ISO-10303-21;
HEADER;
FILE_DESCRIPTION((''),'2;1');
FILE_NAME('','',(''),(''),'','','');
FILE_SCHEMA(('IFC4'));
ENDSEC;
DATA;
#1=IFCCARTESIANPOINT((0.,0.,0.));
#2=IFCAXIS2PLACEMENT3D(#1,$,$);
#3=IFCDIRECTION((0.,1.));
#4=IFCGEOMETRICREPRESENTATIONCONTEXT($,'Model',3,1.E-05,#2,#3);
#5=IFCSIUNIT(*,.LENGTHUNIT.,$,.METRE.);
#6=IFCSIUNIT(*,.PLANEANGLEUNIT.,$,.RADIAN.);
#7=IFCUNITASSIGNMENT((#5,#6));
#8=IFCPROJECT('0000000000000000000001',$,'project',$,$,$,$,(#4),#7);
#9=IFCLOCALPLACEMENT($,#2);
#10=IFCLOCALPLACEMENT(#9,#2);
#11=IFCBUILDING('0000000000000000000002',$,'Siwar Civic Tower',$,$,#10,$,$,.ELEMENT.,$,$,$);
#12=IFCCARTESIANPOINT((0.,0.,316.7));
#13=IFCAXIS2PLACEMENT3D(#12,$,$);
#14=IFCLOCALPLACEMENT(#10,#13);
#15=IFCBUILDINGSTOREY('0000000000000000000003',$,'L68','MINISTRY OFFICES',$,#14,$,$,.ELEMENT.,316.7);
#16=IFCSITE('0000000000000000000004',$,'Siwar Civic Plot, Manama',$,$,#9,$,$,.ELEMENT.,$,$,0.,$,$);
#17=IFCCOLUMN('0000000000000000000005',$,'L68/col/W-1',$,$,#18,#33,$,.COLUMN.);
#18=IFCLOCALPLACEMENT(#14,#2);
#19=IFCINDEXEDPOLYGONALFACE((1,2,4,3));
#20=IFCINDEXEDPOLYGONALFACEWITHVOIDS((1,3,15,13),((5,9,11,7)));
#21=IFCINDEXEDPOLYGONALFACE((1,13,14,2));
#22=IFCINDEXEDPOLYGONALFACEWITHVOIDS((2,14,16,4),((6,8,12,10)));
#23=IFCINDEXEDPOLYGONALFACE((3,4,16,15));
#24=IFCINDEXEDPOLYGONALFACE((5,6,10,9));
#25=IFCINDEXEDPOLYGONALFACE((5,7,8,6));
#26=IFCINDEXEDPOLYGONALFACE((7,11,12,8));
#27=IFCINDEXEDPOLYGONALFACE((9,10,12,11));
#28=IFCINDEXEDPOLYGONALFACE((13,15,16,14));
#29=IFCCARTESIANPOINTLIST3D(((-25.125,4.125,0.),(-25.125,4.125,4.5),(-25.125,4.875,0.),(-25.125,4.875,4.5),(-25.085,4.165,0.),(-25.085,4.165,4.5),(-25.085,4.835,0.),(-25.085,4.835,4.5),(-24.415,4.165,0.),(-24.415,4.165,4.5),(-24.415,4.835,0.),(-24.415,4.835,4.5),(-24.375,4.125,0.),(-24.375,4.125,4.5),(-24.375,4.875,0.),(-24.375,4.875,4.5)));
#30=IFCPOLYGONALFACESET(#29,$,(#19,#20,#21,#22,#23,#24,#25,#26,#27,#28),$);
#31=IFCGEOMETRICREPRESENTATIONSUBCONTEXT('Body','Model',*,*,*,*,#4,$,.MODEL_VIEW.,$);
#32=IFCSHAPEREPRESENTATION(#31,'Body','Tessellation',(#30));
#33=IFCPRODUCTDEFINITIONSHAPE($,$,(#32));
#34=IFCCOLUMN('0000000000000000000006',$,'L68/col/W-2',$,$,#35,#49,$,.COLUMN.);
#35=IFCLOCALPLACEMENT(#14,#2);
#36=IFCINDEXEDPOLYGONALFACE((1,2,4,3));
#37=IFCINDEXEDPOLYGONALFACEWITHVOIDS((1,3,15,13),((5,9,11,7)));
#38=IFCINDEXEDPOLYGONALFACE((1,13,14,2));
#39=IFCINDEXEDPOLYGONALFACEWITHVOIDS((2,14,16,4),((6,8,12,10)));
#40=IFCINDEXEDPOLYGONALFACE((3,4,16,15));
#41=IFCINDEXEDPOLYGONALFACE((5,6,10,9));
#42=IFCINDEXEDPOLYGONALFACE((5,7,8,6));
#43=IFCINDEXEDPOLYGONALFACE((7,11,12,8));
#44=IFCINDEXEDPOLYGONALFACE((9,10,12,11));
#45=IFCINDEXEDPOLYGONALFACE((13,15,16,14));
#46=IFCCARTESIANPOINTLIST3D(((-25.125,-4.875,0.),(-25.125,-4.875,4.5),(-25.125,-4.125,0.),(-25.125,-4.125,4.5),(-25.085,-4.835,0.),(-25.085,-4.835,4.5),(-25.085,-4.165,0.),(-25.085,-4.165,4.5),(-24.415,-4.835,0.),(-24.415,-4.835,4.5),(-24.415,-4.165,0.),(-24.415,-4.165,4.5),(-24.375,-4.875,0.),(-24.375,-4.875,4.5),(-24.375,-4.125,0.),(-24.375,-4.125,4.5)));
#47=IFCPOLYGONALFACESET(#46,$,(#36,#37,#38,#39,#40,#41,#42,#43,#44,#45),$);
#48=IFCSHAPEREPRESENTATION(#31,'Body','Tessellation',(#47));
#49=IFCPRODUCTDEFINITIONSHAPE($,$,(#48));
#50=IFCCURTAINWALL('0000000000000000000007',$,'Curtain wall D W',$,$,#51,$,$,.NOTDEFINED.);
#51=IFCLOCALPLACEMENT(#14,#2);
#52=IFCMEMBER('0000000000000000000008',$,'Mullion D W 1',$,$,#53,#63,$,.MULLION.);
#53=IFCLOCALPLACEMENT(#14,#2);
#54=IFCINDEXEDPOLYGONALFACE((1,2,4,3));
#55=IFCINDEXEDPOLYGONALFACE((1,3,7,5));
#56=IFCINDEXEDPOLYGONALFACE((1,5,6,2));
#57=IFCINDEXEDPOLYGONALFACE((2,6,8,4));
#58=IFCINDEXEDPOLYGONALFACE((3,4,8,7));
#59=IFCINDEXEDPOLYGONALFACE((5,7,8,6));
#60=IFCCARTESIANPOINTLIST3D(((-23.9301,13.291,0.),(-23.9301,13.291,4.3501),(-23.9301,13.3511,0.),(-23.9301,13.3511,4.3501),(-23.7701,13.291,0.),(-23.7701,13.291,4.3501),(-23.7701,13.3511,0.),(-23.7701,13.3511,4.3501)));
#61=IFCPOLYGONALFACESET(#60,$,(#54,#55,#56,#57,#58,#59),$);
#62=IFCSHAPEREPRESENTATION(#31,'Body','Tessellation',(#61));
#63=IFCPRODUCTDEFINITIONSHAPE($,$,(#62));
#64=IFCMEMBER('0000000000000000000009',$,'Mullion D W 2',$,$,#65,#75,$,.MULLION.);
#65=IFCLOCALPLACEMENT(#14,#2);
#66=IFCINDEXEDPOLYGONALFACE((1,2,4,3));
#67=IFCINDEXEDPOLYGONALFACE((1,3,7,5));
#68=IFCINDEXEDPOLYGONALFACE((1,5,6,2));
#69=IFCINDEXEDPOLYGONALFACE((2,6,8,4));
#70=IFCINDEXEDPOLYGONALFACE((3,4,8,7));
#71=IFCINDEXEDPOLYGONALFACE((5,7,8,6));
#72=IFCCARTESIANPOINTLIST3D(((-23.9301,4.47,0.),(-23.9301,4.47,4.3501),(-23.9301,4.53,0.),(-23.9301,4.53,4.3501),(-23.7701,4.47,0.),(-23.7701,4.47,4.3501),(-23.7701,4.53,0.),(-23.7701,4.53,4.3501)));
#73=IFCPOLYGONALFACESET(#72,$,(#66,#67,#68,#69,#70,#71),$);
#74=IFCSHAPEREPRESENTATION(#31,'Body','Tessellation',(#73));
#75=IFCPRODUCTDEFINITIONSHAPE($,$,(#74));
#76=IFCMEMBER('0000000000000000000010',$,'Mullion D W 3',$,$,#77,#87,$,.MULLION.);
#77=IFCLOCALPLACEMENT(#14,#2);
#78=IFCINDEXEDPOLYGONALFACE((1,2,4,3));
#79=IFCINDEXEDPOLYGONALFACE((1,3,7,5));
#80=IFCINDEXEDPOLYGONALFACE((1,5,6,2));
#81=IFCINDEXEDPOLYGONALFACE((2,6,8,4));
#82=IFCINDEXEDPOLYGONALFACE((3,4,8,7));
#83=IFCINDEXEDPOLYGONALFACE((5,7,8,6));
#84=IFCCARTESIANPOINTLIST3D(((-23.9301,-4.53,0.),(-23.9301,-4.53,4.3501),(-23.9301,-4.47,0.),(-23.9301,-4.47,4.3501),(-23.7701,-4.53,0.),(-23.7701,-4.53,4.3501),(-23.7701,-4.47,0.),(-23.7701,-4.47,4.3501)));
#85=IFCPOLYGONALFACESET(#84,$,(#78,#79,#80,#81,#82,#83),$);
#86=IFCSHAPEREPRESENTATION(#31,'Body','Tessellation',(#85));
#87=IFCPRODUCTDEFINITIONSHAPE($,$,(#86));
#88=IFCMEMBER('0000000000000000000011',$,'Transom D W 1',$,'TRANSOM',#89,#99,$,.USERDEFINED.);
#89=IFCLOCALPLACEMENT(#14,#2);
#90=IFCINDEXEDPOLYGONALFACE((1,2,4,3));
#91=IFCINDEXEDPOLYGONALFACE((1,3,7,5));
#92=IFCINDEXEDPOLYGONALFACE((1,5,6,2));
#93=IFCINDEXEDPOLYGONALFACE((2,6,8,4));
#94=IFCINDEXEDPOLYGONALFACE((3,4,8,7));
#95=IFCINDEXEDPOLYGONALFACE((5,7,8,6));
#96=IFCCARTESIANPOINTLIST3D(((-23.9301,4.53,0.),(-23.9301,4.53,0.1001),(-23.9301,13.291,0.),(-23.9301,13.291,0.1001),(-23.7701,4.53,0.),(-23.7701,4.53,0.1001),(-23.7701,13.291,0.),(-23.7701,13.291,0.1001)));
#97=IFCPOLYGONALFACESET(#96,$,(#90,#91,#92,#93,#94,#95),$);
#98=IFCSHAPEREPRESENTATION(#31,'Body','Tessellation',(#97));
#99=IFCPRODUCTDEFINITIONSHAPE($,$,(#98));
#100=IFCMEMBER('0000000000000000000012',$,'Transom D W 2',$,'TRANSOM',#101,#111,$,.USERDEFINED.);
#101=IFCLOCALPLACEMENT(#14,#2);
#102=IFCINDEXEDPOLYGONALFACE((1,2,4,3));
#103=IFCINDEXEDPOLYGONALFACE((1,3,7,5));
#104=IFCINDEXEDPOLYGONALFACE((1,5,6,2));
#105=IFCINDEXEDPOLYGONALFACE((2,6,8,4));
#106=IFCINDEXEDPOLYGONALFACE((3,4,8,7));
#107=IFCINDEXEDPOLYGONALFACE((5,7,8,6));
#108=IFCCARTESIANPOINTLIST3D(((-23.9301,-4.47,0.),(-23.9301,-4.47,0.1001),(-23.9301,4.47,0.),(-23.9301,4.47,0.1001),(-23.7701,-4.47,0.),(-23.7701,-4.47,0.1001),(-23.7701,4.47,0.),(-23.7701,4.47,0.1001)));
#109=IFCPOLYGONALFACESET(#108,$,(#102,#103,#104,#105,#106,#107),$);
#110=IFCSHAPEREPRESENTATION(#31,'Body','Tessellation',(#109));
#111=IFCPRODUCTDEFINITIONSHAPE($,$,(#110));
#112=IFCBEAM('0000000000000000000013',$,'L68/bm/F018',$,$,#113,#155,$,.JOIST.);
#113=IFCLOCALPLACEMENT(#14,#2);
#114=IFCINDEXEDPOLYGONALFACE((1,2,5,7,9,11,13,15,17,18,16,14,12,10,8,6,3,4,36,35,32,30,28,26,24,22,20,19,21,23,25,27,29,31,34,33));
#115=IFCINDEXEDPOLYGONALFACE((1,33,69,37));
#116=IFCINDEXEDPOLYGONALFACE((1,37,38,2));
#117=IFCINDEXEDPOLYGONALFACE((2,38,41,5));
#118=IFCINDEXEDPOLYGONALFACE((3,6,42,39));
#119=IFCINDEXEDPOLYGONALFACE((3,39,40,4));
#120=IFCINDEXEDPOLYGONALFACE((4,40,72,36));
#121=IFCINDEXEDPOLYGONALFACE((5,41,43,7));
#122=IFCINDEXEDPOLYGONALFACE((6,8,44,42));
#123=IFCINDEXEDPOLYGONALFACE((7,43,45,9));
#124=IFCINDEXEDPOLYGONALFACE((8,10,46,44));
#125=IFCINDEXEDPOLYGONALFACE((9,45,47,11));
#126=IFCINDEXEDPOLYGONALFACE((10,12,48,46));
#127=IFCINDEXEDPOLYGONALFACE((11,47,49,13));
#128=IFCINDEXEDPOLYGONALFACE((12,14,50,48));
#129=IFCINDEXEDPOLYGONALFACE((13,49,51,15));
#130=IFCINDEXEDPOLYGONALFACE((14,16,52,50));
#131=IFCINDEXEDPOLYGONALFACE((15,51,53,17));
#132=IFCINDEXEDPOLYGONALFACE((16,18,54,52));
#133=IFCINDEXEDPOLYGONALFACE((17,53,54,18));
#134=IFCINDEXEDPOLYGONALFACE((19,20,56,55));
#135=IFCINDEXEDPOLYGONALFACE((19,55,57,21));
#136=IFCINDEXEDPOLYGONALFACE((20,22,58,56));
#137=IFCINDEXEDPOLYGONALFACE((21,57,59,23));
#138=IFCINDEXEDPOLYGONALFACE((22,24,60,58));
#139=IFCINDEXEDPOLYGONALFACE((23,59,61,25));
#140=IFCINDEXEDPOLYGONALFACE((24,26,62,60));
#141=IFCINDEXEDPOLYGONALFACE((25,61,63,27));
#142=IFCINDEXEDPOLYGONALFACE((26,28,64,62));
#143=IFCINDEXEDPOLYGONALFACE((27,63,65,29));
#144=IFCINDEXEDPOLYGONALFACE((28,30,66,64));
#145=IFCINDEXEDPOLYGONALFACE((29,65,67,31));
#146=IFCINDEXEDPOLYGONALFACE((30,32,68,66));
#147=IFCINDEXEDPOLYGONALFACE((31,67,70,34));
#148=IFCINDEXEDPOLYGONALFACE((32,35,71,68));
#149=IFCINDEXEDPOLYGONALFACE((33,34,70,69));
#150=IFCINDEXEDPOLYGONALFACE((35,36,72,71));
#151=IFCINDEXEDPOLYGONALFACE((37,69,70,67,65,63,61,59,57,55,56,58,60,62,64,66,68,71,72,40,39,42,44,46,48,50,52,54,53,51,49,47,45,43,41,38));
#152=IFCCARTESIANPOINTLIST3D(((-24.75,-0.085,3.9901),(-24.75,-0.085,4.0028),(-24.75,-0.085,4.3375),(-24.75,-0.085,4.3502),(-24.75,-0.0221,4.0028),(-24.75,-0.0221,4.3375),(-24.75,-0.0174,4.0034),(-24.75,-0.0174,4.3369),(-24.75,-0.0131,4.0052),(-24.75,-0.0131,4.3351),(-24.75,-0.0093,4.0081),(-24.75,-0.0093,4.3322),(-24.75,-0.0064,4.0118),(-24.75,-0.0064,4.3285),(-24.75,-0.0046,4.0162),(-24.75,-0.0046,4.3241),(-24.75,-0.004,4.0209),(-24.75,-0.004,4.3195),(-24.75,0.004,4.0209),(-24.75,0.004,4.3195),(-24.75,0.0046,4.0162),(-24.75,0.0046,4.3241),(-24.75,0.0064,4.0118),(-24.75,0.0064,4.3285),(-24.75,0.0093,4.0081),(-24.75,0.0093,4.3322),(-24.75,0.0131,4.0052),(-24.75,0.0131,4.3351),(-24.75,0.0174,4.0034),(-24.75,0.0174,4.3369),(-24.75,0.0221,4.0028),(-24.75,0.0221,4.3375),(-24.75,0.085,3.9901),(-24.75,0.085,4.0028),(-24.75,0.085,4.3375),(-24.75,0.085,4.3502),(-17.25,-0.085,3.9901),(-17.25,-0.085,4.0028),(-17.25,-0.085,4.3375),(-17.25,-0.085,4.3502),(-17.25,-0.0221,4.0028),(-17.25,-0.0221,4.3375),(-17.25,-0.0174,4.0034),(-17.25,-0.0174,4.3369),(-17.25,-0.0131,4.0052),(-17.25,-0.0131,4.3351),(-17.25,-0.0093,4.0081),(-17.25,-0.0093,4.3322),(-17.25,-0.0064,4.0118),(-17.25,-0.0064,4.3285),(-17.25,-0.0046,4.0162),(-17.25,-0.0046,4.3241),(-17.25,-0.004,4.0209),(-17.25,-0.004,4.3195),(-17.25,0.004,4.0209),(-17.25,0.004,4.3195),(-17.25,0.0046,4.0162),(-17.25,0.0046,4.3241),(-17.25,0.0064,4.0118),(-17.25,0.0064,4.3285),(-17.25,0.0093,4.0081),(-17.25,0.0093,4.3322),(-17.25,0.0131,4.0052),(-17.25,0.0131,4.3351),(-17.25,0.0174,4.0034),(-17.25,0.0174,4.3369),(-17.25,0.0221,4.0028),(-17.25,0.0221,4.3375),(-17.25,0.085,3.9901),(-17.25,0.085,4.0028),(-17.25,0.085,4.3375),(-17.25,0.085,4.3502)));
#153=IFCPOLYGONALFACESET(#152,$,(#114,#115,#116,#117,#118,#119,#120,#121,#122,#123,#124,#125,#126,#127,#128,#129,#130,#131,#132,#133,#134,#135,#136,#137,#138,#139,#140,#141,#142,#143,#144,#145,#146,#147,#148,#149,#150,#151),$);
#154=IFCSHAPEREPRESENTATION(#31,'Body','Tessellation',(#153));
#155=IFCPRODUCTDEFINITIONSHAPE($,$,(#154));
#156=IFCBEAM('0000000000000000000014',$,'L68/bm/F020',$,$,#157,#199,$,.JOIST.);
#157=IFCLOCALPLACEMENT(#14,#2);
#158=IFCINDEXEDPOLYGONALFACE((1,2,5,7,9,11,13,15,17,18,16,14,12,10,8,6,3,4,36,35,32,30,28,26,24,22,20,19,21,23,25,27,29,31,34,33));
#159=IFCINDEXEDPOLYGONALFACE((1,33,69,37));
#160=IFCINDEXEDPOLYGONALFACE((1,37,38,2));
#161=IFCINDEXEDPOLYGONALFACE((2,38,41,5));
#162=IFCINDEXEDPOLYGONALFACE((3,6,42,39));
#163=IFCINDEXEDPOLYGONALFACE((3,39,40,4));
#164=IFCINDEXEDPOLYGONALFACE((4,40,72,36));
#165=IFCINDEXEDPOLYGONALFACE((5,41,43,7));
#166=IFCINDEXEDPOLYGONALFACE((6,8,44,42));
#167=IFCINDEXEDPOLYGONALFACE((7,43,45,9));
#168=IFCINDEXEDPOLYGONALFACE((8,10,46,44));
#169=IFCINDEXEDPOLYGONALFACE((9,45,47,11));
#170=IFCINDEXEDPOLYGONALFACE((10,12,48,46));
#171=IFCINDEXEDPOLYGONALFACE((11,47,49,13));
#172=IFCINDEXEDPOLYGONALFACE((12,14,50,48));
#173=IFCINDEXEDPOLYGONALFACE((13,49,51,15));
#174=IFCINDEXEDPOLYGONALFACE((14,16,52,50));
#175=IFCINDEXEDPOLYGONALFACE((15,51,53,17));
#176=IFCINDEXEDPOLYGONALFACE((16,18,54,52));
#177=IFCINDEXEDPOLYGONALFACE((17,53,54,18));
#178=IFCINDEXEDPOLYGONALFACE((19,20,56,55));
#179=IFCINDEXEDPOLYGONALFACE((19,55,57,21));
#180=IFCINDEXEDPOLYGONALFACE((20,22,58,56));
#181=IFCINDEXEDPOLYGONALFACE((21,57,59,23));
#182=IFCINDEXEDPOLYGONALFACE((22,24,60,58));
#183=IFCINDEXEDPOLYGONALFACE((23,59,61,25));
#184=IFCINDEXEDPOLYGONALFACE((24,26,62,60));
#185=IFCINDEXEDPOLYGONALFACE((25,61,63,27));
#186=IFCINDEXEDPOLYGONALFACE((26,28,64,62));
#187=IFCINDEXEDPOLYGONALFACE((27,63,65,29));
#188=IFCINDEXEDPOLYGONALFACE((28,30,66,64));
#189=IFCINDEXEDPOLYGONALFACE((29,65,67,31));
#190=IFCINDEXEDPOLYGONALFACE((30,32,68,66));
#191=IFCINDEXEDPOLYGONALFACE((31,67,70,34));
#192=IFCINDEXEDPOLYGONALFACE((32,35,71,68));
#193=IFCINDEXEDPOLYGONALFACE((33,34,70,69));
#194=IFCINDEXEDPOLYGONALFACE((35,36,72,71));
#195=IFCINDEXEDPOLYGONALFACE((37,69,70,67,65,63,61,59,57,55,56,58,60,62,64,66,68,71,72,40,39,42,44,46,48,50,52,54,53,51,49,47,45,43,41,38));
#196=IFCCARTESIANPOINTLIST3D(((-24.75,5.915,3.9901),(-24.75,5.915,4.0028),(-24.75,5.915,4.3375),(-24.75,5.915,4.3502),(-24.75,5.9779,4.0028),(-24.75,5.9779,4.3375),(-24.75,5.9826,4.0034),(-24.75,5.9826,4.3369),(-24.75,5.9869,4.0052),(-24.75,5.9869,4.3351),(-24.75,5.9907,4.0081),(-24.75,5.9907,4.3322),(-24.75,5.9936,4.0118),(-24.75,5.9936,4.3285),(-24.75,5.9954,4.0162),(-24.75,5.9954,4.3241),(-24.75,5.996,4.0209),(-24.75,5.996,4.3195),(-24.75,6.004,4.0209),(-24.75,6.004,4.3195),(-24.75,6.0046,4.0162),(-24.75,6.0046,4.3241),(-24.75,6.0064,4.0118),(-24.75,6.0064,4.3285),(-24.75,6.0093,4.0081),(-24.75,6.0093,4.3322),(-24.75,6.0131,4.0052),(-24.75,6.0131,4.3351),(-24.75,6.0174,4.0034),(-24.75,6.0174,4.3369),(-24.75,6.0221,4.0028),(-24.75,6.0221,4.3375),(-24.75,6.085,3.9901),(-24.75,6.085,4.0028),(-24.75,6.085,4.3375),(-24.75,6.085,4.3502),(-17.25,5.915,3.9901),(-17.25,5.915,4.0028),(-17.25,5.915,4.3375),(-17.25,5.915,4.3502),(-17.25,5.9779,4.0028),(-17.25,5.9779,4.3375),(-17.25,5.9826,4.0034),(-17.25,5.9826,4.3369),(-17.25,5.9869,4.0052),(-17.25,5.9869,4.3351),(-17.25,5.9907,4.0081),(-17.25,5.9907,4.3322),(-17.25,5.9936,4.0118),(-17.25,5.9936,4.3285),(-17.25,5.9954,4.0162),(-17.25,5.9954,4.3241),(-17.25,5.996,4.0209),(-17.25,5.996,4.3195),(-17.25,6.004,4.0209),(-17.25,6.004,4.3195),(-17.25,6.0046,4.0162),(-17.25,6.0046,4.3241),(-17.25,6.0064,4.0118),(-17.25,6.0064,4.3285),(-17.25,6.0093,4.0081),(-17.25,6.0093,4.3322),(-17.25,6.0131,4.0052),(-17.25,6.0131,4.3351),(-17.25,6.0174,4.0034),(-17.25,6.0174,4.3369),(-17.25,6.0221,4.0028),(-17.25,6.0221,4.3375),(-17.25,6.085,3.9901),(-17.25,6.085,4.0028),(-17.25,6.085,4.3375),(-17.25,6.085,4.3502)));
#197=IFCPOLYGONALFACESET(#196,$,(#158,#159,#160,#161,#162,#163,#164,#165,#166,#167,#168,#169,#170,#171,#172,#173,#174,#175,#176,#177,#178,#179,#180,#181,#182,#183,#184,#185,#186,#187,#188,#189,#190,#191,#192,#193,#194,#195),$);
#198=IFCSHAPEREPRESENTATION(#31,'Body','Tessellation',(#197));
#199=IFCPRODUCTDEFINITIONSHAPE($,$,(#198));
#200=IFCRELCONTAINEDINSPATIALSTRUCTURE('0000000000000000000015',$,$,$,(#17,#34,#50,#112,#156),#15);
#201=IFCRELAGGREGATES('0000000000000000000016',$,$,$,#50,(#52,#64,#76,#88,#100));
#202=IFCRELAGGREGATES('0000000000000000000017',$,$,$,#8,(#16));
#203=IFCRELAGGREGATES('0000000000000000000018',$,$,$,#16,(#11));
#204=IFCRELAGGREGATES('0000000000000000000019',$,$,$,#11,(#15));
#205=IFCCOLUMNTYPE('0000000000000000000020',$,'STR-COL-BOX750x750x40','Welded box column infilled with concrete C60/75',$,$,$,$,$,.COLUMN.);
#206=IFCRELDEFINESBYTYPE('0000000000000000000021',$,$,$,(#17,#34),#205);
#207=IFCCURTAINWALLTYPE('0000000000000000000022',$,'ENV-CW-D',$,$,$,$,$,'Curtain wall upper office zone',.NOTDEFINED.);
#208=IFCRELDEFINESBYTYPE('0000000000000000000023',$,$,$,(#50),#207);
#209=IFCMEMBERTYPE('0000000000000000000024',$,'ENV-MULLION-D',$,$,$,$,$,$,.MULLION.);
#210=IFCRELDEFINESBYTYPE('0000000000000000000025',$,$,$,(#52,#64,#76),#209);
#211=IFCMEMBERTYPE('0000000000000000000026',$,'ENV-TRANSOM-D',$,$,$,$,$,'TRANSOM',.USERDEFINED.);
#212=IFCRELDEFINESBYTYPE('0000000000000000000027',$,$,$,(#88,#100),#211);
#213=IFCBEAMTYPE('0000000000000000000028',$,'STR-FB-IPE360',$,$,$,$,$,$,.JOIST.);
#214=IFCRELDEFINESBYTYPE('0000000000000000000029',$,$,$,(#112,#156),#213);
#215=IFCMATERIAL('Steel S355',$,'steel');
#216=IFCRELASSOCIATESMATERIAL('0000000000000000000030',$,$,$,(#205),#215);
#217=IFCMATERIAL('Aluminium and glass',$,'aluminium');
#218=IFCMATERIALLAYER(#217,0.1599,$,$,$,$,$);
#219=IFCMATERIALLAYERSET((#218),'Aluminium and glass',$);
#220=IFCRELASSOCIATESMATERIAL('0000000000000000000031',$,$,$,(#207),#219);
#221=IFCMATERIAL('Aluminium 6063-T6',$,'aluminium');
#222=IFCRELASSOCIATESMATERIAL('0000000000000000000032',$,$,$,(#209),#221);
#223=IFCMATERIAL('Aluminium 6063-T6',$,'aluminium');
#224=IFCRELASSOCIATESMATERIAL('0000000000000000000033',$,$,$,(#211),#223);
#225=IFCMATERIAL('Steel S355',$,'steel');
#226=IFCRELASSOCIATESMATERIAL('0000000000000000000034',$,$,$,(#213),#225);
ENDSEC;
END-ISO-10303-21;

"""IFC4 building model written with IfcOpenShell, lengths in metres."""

from ifc_helpers import new_model, si_unit, direction, frame, origin, origin_2d, place, context, subcontext, project, spatial, rectangle, hollow_rectangle, i_section, extrude, material, layer, layer_set, material_profile, profile_set, type_object, element, aggregate, save


model = new_model("IFC4")

# Units and contexts
model_context = context("Model", 3, precision=1e-05, world=origin(), true_north=direction((0.0, 1.0)))
body_context = subcontext(model_context, "Body", "Model", "MODEL_VIEW")
ifc_project = project(units=[si_unit("LENGTHUNIT", "METRE"), si_unit("PLANEANGLEUNIT", "RADIAN")], contexts=[model_context])

# Site, building, storey
site_placement = place(None, origin())
site = spatial("IfcSite", under=ifc_project, at=site_placement, Name="Siwar Civic Plot, Manama", CompositionType="ELEMENT", RefElevation=0.0)
building_placement = place(site_placement, origin())
building = spatial("IfcBuilding", under=site, at=building_placement, Name="Siwar Civic Tower", CompositionType="ELEMENT")
storey_placement = place(building_placement, frame((0.0, 0.0, 316.7)))
storey = spatial("IfcBuildingStorey", under=building, at=storey_placement, Name="L68", Description="MINISTRY OFFICES", CompositionType="ELEMENT", Elevation=316.7)

# Columns
ifc_material_1 = material(Name="Steel S355", Category="steel")
ifc_material_profile_1 = material_profile(ifc_material_1, hollow_rectangle(XDim=0.75, YDim=0.75, WallThickness=0.04, at=origin_2d()), Name="BOX750x750x40")
ifc_profile_set_1 = profile_set([ifc_material_profile_1], Name="Steel S355")
column_type = type_object("IfcColumnType", Name="STR-COL-BOX750x750x40", Description="Welded box column infilled with concrete C60/75", PredefinedType="COLUMN", material=ifc_profile_set_1)
for number, where, z_axis, x_axis, name in (
    (1, (-24.75, 4.5, 0.0), (0.0, 0.0, 1.0), (1.0, 0.0, 0.0), "L68/col/W-1"),
    (2, (-24.75, -4.5, 0.0), (0.0, 0.0, 1.0), (1.0, 0.0, 0.0), "L68/col/W-2"),
):
    element("IfcColumn", number, at=place(storey_placement, frame(where, z_axis=z_axis, x_axis=x_axis)), inside=storey, type_object=column_type, Name=name, PredefinedType="COLUMN", context=body_context, shape_type="SweptSolid", body=[
        extrude(hollow_rectangle(XDim=0.75, YDim=0.75, WallThickness=0.04, at=origin_2d()), origin(), (0.0, 0.0, 1.0), 4.5),
    ])

# Curtain wall, members
ifc_material_2 = material(Name="Aluminium and glass", Category="aluminium")
ifc_layer_1 = layer(ifc_material_2, 0.1599)
ifc_layer_set_1 = layer_set([ifc_layer_1], Name="Aluminium and glass")
curtain_wall_type = type_object("IfcCurtainWallType", Name="ENV-CW-D", ElementType="Curtain wall upper office zone", PredefinedType="NOTDEFINED", material=ifc_layer_set_1)
curtain_wall_placement = place(storey_placement, origin())
curtain_wall = element("IfcCurtainWall", 3, at=curtain_wall_placement, inside=storey, type_object=curtain_wall_type, Name="Curtain wall D W", PredefinedType="NOTDEFINED")
ifc_material_3 = material(Name="Aluminium 6063-T6", Category="aluminium")
ifc_material_profile_2 = material_profile(ifc_material_3, rectangle(XDim=0.1599, YDim=0.0601, at=origin_2d()), Name="AL 160x60")
ifc_profile_set_2 = profile_set([ifc_material_profile_2], Name="Aluminium 6063-T6")
member_type_1 = type_object("IfcMemberType", Name="ENV-MULLION-D", PredefinedType="MULLION", material=ifc_profile_set_2)
member_1_placement = place(storey_placement, frame((-23.8501, 13.321, 0.0), z_axis=(0.0, 0.0, 1.0), x_axis=(1.0, 0.0, 0.0)))
member_1 = element("IfcMember", 4, at=member_1_placement, type_object=member_type_1, Name="Mullion D W 1", PredefinedType="MULLION", context=body_context, shape_type="SweptSolid", body=[
    extrude(rectangle(XDim=0.1599, YDim=0.0601, at=origin_2d()), origin(), (0.0, 0.0, 1.0), 4.3501),
])
member_2_placement = place(storey_placement, frame((-23.8501, 4.5, 0.0), z_axis=(0.0, 0.0, 1.0), x_axis=(1.0, 0.0, 0.0)))
member_2 = element("IfcMember", 5, at=member_2_placement, type_object=member_type_1, Name="Mullion D W 2", PredefinedType="MULLION", context=body_context, shape_type="SweptSolid", body=[
    extrude(rectangle(XDim=0.1599, YDim=0.0601, at=origin_2d()), origin(), (0.0, 0.0, 1.0), 4.3501),
])
member_3_placement = place(storey_placement, frame((-23.8501, -4.5, 0.0), z_axis=(0.0, 0.0, 1.0), x_axis=(1.0, 0.0, 0.0)))
member_3 = element("IfcMember", 6, at=member_3_placement, type_object=member_type_1, Name="Mullion D W 3", PredefinedType="MULLION", context=body_context, shape_type="SweptSolid", body=[
    extrude(rectangle(XDim=0.1599, YDim=0.0601, at=origin_2d()), origin(), (0.0, 0.0, 1.0), 4.3501),
])
ifc_material_4 = material(Name="Aluminium 6063-T6", Category="aluminium")
ifc_material_profile_3 = material_profile(ifc_material_4, rectangle(XDim=0.1599, YDim=0.1001, at=origin_2d()), Name="AL 160x100")
ifc_profile_set_3 = profile_set([ifc_material_profile_3], Name="Aluminium 6063-T6")
member_type_2 = type_object("IfcMemberType", Name="ENV-TRANSOM-D", ElementType="TRANSOM", PredefinedType="USERDEFINED", material=ifc_profile_set_3)
member_4_placement = place(storey_placement, frame((-23.8501, 13.291, 0.05), z_axis=(0.0, -1.0, 0.0), x_axis=(1.0, 0.0, 0.0)))
member_4 = element("IfcMember", 7, at=member_4_placement, type_object=member_type_2, Name="Transom D W 1", ObjectType="TRANSOM", PredefinedType="USERDEFINED", context=body_context, shape_type="SweptSolid", body=[
    extrude(rectangle(XDim=0.1599, YDim=0.1001, at=origin_2d()), origin(), (0.0, 0.0, 1.0), 8.761),
])
member_5_placement = place(storey_placement, frame((-23.8501, 4.47, 0.05), z_axis=(0.0, -1.0, 0.0), x_axis=(1.0, 0.0, 0.0)))
member_5 = element("IfcMember", 8, at=member_5_placement, type_object=member_type_2, Name="Transom D W 2", ObjectType="TRANSOM", PredefinedType="USERDEFINED", context=body_context, shape_type="SweptSolid", body=[
    extrude(rectangle(XDim=0.1599, YDim=0.1001, at=origin_2d()), origin(), (0.0, 0.0, 1.0), 8.9399),
])

# Beams
ifc_material_5 = material(Name="Steel S355", Category="steel")
ifc_material_profile_4 = material_profile(ifc_material_5, i_section(OverallWidth=0.1699, OverallDepth=0.3601, WebThickness=0.0081, FlangeThickness=0.0127, FilletRadius=0.0181, at=origin_2d()), Name="IPE360")
ifc_profile_set_4 = profile_set([ifc_material_profile_4], Name="Steel S355")
beam_type_1 = type_object("IfcBeamType", Name="STR-FB-IPE360", PredefinedType="JOIST", material=ifc_profile_set_4)
for number, where, z_axis, x_axis, name in (
    (9, (-24.75, 0.0, 4.1702), (1.0, 0.0, 0.0), (0.0, 1.0, 0.0), "L68/bm/F018"),
    (10, (-24.75, 6.0, 4.1702), (1.0, 0.0, 0.0), (0.0, 1.0, 0.0), "L68/bm/F020"),
):
    element("IfcBeam", number, at=place(storey_placement, frame(where, z_axis=z_axis, x_axis=x_axis)), inside=storey, type_object=beam_type_1, Name=name, PredefinedType="JOIST", context=body_context, shape_type="SweptSolid", body=[
        extrude(i_section(OverallWidth=0.1699, OverallDepth=0.3601, WebThickness=0.0081, FlangeThickness=0.0127, FilletRadius=0.0181, at=origin_2d()), origin(), (0.0, 0.0, 1.0), 7.5),
    ])

aggregate(curtain_wall, [member_1, member_2, member_3, member_4, member_5])

save(model, "model.ifc")
